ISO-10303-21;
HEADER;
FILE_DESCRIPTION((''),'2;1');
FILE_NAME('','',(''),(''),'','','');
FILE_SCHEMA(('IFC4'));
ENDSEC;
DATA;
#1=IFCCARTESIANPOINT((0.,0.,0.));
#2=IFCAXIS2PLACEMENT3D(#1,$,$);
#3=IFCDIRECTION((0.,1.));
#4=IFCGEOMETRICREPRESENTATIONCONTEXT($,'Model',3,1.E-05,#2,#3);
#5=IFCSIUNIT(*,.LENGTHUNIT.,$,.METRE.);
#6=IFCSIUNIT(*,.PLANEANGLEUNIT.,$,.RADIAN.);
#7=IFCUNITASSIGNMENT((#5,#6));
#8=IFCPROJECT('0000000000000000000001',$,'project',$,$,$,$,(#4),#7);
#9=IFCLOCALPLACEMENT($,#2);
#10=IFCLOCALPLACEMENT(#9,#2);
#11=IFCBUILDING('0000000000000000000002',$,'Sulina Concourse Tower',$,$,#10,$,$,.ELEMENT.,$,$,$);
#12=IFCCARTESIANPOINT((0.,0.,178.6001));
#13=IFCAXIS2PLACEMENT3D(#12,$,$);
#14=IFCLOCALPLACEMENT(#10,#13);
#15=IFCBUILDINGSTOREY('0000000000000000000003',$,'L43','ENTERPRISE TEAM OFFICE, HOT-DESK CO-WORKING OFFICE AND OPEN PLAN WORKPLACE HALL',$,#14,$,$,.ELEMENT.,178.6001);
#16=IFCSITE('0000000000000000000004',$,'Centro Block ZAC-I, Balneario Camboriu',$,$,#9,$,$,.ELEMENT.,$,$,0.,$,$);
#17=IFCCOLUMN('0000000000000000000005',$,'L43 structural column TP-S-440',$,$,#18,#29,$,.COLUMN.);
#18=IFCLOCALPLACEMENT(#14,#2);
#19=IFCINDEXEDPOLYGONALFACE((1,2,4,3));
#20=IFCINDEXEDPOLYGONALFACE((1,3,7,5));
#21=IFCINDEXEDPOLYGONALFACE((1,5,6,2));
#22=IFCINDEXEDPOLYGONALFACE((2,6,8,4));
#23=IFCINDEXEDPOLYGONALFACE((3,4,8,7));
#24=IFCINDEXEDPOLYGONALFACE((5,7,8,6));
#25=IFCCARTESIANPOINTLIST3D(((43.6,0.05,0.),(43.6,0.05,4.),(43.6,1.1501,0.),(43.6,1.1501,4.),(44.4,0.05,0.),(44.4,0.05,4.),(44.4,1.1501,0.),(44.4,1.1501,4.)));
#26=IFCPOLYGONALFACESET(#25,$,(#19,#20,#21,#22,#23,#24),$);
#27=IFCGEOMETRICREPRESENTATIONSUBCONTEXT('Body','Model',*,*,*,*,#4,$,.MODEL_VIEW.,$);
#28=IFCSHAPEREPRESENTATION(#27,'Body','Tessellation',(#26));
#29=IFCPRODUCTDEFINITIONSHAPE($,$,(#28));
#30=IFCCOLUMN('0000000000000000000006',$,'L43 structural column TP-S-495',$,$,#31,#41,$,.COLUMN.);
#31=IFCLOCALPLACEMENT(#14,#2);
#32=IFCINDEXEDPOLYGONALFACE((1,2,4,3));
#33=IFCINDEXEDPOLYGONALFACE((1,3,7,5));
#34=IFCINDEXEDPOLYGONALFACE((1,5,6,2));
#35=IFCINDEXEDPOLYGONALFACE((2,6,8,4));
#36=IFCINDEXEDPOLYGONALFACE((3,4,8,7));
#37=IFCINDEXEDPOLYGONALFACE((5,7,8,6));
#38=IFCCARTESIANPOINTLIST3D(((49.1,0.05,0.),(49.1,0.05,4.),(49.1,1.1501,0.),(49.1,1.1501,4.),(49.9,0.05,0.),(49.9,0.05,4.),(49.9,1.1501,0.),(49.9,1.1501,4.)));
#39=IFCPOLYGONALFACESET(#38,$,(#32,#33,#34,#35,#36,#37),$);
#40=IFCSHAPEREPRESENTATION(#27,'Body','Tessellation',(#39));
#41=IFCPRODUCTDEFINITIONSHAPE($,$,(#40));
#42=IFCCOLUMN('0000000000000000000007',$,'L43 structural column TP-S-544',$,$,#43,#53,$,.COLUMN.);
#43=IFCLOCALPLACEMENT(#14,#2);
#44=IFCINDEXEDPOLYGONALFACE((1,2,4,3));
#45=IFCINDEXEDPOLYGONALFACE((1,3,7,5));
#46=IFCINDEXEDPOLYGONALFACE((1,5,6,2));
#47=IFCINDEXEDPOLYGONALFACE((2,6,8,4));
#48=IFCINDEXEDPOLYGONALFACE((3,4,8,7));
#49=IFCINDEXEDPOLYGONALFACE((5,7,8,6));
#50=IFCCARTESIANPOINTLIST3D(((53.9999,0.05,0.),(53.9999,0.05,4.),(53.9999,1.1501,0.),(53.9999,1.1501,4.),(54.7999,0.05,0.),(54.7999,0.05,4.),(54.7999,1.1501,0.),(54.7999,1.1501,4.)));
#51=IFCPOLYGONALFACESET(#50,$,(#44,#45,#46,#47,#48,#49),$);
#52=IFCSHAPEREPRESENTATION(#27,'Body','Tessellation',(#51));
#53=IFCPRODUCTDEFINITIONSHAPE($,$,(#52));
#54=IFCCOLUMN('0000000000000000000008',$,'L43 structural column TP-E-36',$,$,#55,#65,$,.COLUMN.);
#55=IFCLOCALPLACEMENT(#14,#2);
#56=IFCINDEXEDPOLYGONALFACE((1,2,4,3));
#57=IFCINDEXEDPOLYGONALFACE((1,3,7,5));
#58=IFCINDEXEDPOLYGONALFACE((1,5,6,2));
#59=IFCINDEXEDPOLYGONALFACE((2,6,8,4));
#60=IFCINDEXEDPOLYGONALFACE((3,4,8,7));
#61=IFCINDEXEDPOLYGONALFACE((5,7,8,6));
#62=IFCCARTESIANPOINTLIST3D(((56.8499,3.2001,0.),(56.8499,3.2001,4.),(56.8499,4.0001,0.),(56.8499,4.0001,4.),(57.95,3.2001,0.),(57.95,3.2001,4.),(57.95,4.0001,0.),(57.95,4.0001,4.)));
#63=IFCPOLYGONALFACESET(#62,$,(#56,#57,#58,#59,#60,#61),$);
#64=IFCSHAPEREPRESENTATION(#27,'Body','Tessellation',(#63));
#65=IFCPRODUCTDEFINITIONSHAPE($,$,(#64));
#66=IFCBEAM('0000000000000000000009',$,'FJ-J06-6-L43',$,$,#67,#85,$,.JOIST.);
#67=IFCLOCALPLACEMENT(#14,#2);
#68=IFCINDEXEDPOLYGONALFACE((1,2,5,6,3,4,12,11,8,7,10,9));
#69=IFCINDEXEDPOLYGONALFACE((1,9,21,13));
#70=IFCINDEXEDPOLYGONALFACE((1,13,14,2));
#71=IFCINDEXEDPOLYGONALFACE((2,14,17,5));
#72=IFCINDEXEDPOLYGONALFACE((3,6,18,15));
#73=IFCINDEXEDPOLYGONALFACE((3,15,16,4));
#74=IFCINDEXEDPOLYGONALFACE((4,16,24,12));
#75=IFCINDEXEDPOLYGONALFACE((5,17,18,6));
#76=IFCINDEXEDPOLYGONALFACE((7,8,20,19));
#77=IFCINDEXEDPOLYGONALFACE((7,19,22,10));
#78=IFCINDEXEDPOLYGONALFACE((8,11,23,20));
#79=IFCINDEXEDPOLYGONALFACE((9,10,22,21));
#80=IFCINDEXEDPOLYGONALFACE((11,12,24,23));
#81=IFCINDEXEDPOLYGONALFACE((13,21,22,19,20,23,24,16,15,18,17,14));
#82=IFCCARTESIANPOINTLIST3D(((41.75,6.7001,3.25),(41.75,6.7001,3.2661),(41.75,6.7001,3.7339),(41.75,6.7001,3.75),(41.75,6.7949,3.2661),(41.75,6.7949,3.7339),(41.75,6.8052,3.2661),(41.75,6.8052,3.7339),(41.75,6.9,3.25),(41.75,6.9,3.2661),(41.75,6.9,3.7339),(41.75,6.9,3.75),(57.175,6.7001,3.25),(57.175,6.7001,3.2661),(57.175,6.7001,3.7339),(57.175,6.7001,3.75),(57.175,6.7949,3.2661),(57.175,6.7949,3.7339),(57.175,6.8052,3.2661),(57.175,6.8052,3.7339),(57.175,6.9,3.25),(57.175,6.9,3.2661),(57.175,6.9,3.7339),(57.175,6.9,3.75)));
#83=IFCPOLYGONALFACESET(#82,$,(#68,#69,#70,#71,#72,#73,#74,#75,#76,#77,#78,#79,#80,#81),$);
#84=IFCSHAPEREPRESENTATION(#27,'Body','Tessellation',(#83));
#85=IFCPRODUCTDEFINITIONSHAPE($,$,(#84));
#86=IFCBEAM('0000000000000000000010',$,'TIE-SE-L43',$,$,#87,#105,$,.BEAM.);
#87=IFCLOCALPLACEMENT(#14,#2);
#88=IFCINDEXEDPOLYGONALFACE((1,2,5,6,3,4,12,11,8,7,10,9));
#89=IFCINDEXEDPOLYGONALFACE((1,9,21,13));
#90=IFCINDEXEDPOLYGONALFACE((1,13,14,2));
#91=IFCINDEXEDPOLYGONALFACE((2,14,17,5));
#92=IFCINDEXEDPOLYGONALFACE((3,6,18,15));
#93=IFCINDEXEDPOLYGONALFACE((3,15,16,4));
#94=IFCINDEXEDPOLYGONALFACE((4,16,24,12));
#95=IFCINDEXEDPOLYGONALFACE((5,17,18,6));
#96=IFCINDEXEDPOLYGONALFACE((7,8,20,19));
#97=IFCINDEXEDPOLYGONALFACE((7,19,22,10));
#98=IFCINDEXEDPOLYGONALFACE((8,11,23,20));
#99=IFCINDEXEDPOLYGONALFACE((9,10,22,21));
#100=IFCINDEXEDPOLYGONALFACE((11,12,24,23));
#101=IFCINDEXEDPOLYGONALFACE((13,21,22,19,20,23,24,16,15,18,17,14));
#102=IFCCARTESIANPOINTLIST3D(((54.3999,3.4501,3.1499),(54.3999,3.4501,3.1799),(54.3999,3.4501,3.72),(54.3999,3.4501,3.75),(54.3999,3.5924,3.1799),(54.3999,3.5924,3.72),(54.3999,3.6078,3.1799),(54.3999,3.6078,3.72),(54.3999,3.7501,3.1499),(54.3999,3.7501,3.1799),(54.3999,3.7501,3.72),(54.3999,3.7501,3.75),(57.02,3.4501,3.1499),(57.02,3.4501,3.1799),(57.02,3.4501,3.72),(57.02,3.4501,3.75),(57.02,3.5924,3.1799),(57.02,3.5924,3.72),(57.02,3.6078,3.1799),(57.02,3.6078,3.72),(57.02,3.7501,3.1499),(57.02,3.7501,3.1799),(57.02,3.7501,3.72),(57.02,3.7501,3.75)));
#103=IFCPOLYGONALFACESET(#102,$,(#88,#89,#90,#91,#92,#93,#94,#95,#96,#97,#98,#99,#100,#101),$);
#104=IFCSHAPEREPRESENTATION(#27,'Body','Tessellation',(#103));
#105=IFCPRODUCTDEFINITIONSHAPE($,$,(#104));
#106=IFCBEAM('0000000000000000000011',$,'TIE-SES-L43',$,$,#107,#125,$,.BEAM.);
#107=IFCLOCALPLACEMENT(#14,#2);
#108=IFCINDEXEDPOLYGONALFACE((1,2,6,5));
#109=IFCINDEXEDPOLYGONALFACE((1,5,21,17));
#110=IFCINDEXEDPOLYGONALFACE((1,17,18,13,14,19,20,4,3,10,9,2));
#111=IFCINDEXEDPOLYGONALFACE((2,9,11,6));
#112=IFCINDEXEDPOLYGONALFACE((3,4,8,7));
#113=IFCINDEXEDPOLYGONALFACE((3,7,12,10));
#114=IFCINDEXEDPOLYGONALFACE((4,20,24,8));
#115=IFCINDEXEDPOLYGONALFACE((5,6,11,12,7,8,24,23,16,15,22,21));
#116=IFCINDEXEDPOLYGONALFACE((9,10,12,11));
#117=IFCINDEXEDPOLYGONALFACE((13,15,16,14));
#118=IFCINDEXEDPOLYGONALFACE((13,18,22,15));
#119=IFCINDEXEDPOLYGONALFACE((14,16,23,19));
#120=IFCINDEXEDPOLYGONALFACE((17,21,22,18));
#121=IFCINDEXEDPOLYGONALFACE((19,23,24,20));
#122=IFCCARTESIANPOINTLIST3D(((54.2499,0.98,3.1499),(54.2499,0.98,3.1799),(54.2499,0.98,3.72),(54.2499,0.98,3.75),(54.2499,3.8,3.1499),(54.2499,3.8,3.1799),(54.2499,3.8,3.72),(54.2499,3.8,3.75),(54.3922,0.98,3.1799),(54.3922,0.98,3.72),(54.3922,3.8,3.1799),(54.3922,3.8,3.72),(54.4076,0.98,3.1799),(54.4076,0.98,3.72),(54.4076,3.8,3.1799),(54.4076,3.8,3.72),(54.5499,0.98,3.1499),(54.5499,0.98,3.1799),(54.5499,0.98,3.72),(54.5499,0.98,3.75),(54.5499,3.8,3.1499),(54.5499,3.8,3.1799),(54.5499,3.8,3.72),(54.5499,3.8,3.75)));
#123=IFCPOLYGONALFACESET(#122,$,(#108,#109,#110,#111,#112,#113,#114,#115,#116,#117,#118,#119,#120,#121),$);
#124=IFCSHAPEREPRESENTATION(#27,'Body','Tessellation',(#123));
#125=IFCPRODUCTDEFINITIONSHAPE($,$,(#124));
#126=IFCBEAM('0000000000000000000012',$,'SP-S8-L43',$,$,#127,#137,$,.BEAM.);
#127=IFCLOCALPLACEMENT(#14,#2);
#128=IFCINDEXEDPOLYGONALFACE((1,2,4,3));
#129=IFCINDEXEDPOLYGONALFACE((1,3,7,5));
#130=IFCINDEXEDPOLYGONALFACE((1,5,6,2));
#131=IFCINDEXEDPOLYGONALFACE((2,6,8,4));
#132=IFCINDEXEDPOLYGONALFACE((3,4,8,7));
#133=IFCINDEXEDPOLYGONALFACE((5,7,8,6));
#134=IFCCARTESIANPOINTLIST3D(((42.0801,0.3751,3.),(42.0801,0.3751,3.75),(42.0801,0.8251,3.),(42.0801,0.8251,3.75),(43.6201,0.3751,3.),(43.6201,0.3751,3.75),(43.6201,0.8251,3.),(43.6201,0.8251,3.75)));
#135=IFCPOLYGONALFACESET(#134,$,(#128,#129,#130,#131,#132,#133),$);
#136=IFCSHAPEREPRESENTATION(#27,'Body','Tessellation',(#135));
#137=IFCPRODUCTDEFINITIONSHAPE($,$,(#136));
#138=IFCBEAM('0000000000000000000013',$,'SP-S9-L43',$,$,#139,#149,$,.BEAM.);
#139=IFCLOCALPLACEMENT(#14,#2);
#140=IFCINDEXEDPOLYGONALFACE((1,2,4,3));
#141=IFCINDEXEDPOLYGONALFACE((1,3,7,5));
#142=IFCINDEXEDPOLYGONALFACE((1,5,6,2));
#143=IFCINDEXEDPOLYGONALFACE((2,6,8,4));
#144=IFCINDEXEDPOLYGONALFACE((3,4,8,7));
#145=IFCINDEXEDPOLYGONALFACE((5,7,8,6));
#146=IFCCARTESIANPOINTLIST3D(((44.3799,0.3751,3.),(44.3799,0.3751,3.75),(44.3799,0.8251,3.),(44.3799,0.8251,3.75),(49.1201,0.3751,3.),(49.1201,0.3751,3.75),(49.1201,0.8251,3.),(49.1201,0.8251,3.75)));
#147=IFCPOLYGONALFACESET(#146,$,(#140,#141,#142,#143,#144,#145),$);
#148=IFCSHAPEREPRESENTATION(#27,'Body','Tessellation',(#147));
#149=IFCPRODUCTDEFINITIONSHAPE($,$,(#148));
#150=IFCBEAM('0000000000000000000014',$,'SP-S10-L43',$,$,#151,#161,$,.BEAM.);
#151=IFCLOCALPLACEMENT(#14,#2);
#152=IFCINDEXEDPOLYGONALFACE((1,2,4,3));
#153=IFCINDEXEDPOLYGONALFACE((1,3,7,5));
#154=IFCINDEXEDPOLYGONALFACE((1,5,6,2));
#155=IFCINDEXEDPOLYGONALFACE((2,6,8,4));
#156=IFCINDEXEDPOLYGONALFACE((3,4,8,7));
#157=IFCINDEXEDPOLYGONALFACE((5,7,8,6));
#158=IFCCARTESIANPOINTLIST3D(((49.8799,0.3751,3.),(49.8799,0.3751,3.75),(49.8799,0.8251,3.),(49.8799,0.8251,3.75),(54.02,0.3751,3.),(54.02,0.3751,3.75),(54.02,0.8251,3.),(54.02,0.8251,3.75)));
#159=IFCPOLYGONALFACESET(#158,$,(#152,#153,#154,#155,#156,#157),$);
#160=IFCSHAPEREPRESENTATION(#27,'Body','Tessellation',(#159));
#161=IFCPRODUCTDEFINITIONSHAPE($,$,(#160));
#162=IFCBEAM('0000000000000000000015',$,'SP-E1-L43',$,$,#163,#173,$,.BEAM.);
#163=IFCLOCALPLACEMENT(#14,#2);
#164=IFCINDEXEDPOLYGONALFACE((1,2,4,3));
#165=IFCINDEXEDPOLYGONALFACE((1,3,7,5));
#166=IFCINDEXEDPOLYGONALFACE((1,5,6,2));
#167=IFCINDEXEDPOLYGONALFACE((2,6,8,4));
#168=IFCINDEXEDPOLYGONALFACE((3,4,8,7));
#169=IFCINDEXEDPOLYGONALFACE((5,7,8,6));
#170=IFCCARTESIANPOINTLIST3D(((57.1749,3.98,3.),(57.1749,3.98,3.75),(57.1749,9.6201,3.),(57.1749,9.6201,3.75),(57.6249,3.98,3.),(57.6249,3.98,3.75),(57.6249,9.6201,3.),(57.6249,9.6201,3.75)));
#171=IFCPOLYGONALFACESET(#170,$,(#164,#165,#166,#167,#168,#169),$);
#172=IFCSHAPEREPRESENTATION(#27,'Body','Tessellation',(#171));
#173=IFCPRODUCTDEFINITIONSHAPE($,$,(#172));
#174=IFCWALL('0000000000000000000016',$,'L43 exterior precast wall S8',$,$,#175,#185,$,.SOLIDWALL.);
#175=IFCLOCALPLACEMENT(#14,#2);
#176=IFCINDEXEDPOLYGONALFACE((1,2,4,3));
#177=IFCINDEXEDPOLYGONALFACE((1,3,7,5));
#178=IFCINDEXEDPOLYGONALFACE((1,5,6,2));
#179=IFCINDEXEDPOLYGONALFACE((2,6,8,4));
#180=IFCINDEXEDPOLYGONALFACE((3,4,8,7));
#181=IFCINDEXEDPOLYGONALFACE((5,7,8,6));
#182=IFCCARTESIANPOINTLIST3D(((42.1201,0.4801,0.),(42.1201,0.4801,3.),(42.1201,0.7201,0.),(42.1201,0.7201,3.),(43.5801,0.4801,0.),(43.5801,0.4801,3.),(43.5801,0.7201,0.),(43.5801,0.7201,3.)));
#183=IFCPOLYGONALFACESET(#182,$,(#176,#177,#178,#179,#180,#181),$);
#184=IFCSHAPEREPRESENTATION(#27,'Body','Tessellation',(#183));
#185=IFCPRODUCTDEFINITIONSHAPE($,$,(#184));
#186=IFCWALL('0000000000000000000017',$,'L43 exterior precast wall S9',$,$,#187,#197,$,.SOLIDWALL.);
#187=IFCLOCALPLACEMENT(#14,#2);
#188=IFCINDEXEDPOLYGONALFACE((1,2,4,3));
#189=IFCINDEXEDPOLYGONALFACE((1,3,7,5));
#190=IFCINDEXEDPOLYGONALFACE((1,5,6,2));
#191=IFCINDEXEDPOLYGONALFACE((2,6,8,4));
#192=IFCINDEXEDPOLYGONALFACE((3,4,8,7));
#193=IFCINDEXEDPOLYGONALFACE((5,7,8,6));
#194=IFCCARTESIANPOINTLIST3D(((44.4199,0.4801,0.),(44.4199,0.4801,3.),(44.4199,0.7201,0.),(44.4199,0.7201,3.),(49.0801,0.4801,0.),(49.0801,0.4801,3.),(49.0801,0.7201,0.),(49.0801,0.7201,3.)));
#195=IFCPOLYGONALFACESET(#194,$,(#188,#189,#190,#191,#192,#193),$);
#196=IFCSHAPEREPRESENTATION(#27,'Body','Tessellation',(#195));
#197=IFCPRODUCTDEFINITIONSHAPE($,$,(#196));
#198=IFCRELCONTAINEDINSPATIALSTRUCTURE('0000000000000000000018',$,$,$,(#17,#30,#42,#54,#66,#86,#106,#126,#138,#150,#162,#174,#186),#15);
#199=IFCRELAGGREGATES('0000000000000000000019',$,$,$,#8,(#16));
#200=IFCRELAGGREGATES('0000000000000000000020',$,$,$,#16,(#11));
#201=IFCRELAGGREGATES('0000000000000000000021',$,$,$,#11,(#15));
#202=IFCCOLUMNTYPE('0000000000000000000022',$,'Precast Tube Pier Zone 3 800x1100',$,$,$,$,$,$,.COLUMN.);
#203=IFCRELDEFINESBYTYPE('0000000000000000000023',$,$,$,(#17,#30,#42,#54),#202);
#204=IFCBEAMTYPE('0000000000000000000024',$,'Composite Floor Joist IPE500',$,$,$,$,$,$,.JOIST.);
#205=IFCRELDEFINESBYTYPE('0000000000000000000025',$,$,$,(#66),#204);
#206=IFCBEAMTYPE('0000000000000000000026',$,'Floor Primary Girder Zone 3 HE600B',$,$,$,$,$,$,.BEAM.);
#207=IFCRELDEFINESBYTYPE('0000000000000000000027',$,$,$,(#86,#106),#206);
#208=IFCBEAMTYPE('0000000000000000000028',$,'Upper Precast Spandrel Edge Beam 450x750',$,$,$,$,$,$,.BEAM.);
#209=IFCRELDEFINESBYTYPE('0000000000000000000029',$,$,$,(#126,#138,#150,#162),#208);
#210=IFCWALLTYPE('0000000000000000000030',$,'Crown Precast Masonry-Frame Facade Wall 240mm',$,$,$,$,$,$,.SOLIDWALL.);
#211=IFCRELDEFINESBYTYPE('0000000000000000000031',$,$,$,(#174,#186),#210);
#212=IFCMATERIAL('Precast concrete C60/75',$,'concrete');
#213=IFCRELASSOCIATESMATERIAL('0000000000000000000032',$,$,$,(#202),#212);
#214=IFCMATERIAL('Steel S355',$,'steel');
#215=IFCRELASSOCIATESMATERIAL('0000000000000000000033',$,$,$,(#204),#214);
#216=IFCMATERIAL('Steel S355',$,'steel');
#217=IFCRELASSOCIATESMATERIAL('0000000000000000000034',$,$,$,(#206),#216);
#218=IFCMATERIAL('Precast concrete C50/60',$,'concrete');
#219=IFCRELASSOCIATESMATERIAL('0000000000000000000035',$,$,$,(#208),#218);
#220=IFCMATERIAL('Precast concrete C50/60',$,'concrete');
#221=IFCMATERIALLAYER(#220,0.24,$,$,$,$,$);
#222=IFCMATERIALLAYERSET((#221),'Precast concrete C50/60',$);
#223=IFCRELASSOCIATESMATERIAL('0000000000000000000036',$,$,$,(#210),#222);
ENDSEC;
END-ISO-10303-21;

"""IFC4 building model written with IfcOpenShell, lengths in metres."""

from ifc_helpers import new_model, si_unit, direction, frame, frame_2d, origin, origin_2d, place, context, subcontext, project, spatial, rectangle, i_section, extrude, material, layer, layer_set, material_profile, profile_set, type_object, element, save


model = new_model("IFC4")

# Units and contexts
model_context = context("Model", 3, precision=1e-05, world=origin(), true_north=direction((0.0, 1.0)))
body_context = subcontext(model_context, "Body", "Model", "MODEL_VIEW")
ifc_project = project(units=[si_unit("LENGTHUNIT", "METRE"), si_unit("PLANEANGLEUNIT", "RADIAN")], contexts=[model_context])

# Site, building, storey
site_placement = place(None, origin())
site = spatial("IfcSite", under=ifc_project, at=site_placement, Name="Centro Block ZAC-I, Balneario Camboriu", CompositionType="ELEMENT", RefElevation=0.0)
building_placement = place(site_placement, origin())
building = spatial("IfcBuilding", under=site, at=building_placement, Name="Sulina Concourse Tower", CompositionType="ELEMENT")
storey_placement = place(building_placement, frame((0.0, 0.0, 178.6001)))
storey = spatial("IfcBuildingStorey", under=building, at=storey_placement, Name="L43", Description="ENTERPRISE TEAM OFFICE, HOT-DESK CO-WORKING OFFICE AND OPEN PLAN WORKPLACE HALL", CompositionType="ELEMENT", Elevation=178.6001)

# Columns
ifc_material_1 = material(Name="Precast concrete C60/75", Category="concrete")
ifc_material_profile_1 = material_profile(ifc_material_1, rectangle(XDim=0.8, YDim=1.1001, at=origin_2d()), Name="PC 800x1100")
ifc_profile_set_1 = profile_set([ifc_material_profile_1], Name="Precast concrete C60/75")
column_type = type_object("IfcColumnType", Name="Precast Tube Pier Zone 3 800x1100", PredefinedType="COLUMN", material=ifc_profile_set_1)
for number, where, z_axis, x_axis, name in (
    (1, (44.0, 0.6001, 0.0), (0.0, 0.0, 1.0), (1.0, 0.0, 0.0), "L43 structural column TP-S-440"),
    (2, (49.5, 0.6001, 0.0), (0.0, 0.0, 1.0), (1.0, 0.0, 0.0), "L43 structural column TP-S-495"),
    (3, (54.3999, 0.6001, 0.0), (0.0, 0.0, 1.0), (1.0, 0.0, 0.0), "L43 structural column TP-S-544"),
    (4, (57.3999, 3.6001, 0.0), (0.0, 0.0, 1.0), (0.0, 1.0, 0.0), "L43 structural column TP-E-36"),
):
    element("IfcColumn", number, at=place(storey_placement, frame(where, z_axis=z_axis, x_axis=x_axis)), inside=storey, type_object=column_type, Name=name, PredefinedType="COLUMN", context=body_context, shape_type="SweptSolid", body=[
        extrude(rectangle(XDim=0.8, YDim=1.1001, at=origin_2d()), origin(), (0.0, 0.0, 1.0), 4.0),
    ])

# Beams
ifc_material_2 = material(Name="Steel S355", Category="steel")
ifc_material_profile_2 = material_profile(ifc_material_2, i_section(OverallWidth=0.2, OverallDepth=0.5, WebThickness=0.0103, FlangeThickness=0.0161, at=origin_2d()), Name="IPE 500")
ifc_profile_set_2 = profile_set([ifc_material_profile_2], Name="Steel S355")
beam_type_1 = type_object("IfcBeamType", Name="Composite Floor Joist IPE500", PredefinedType="JOIST", material=ifc_profile_set_2)
beam_1_placement = place(storey_placement, frame((41.75, 6.8, 3.5), z_axis=(1.0, 0.0, 0.0), x_axis=(0.0, 1.0, 0.0)))
element("IfcBeam", 5, at=beam_1_placement, inside=storey, type_object=beam_type_1, Name="FJ-J06-6-L43", PredefinedType="JOIST", context=body_context, shape_type="SweptSolid", body=[
    extrude(i_section(OverallWidth=0.2, OverallDepth=0.5, WebThickness=0.0103, FlangeThickness=0.0161, at=origin_2d()), origin(), (0.0, 0.0, 1.0), 15.425),
])
ifc_material_3 = material(Name="Steel S355", Category="steel")
ifc_material_profile_3 = material_profile(ifc_material_3, i_section(OverallWidth=0.3, OverallDepth=0.6001, WebThickness=0.0154, FlangeThickness=0.03, at=origin_2d()), Name="HE 600 B")
ifc_profile_set_3 = profile_set([ifc_material_profile_3], Name="Steel S355")
beam_type_2 = type_object("IfcBeamType", Name="Floor Primary Girder Zone 3 HE600B", PredefinedType="BEAM", material=ifc_profile_set_3)
beam_2_placement = place(storey_placement, frame((54.3999, 3.6001, 3.45), z_axis=(1.0, 0.0, 0.0), x_axis=(0.0, 1.0, 0.0)))
element("IfcBeam", 6, at=beam_2_placement, inside=storey, type_object=beam_type_2, Name="TIE-SE-L43", PredefinedType="BEAM", context=body_context, shape_type="SweptSolid", body=[
    extrude(i_section(OverallWidth=0.3, OverallDepth=0.6001, WebThickness=0.0154, FlangeThickness=0.03, at=origin_2d()), origin(), (0.0, 0.0, 1.0), 2.6201),
])
beam_3_placement = place(storey_placement, frame((54.3999, 0.98, 3.45), z_axis=(0.0, 1.0, 0.0), x_axis=(-1.0, 0.0, 0.0)))
element("IfcBeam", 7, at=beam_3_placement, inside=storey, type_object=beam_type_2, Name="TIE-SES-L43", PredefinedType="BEAM", context=body_context, shape_type="SweptSolid", body=[
    extrude(i_section(OverallWidth=0.3, OverallDepth=0.6001, WebThickness=0.0154, FlangeThickness=0.03, at=origin_2d()), origin(), (0.0, 0.0, 1.0), 2.8201),
])
ifc_material_4 = material(Name="Precast concrete C50/60", Category="concrete")
ifc_material_profile_4 = material_profile(ifc_material_4, rectangle(XDim=0.45, YDim=0.75, at=origin_2d()), Name="RC 450x750")
ifc_profile_set_4 = profile_set([ifc_material_profile_4], Name="Precast concrete C50/60")
beam_type_3 = type_object("IfcBeamType", Name="Upper Precast Spandrel Edge Beam 450x750", PredefinedType="BEAM", material=ifc_profile_set_4)
beam_4_placement = place(storey_placement, frame((42.0801, 0.6001, 3.375), z_axis=(1.0, 0.0, 0.0), x_axis=(0.0, 1.0, 0.0)))
element("IfcBeam", 8, at=beam_4_placement, inside=storey, type_object=beam_type_3, Name="SP-S8-L43", PredefinedType="BEAM", context=body_context, shape_type="SweptSolid", body=[
    extrude(rectangle(XDim=0.45, YDim=0.75, at=origin_2d()), origin(), (0.0, 0.0, 1.0), 1.54),
])
beam_5_placement = place(storey_placement, frame((44.3799, 0.6001, 3.375), z_axis=(1.0, 0.0, 0.0), x_axis=(0.0, 1.0, 0.0)))
element("IfcBeam", 9, at=beam_5_placement, inside=storey, type_object=beam_type_3, Name="SP-S9-L43", PredefinedType="BEAM", context=body_context, shape_type="SweptSolid", body=[
    extrude(rectangle(XDim=0.45, YDim=0.75, at=origin_2d()), origin(), (0.0, 0.0, 1.0), 4.7402),
])
beam_6_placement = place(storey_placement, frame((49.8799, 0.6001, 3.375), z_axis=(1.0, 0.0, 0.0), x_axis=(0.0, 1.0, 0.0)))
element("IfcBeam", 10, at=beam_6_placement, inside=storey, type_object=beam_type_3, Name="SP-S10-L43", PredefinedType="BEAM", context=body_context, shape_type="SweptSolid", body=[
    extrude(rectangle(XDim=0.45, YDim=0.75, at=origin_2d()), origin(), (0.0, 0.0, 1.0), 4.1401),
])
beam_7_placement = place(storey_placement, frame((57.3999, 3.98, 3.375), z_axis=(0.0, 1.0, 0.0), x_axis=(-1.0, 0.0, 0.0)))
element("IfcBeam", 11, at=beam_7_placement, inside=storey, type_object=beam_type_3, Name="SP-E1-L43", PredefinedType="BEAM", context=body_context, shape_type="SweptSolid", body=[
    extrude(rectangle(XDim=0.45, YDim=0.75, at=origin_2d()), origin(), (0.0, 0.0, 1.0), 5.6401),
])

# Walls
ifc_material_5 = material(Name="Precast concrete C50/60", Category="concrete")
ifc_layer_1 = layer(ifc_material_5, 0.24)
ifc_layer_set_1 = layer_set([ifc_layer_1], Name="Precast concrete C50/60")
wall_type_1 = type_object("IfcWallType", Name="Crown Precast Masonry-Frame Facade Wall 240mm", PredefinedType="SOLIDWALL", material=ifc_layer_set_1)
wall_1_placement = place(storey_placement, frame((43.5801, 0.6001, 0.0), z_axis=(0.0, 0.0, 1.0), x_axis=(-1.0, 0.0, 0.0)))
element("IfcWall", 12, at=wall_1_placement, inside=storey, type_object=wall_type_1, Name="L43 exterior precast wall S8", PredefinedType="SOLIDWALL", context=body_context, shape_type="SweptSolid", body=[
    extrude(rectangle(XDim=1.46, YDim=0.24, at=frame_2d((0.73, 0.0))), origin(), (0.0, 0.0, 1.0), 3.0),
])
wall_2_placement = place(storey_placement, frame((49.0801, 0.6001, 0.0), z_axis=(0.0, 0.0, 1.0), x_axis=(-1.0, 0.0, 0.0)))
element("IfcWall", 13, at=wall_2_placement, inside=storey, type_object=wall_type_1, Name="L43 exterior precast wall S9", PredefinedType="SOLIDWALL", context=body_context, shape_type="SweptSolid", body=[
    extrude(rectangle(XDim=4.6602, YDim=0.24, at=frame_2d((2.3301, 0.0))), origin(), (0.0, 0.0, 1.0), 3.0),
])

save(model, "model.ifc")
